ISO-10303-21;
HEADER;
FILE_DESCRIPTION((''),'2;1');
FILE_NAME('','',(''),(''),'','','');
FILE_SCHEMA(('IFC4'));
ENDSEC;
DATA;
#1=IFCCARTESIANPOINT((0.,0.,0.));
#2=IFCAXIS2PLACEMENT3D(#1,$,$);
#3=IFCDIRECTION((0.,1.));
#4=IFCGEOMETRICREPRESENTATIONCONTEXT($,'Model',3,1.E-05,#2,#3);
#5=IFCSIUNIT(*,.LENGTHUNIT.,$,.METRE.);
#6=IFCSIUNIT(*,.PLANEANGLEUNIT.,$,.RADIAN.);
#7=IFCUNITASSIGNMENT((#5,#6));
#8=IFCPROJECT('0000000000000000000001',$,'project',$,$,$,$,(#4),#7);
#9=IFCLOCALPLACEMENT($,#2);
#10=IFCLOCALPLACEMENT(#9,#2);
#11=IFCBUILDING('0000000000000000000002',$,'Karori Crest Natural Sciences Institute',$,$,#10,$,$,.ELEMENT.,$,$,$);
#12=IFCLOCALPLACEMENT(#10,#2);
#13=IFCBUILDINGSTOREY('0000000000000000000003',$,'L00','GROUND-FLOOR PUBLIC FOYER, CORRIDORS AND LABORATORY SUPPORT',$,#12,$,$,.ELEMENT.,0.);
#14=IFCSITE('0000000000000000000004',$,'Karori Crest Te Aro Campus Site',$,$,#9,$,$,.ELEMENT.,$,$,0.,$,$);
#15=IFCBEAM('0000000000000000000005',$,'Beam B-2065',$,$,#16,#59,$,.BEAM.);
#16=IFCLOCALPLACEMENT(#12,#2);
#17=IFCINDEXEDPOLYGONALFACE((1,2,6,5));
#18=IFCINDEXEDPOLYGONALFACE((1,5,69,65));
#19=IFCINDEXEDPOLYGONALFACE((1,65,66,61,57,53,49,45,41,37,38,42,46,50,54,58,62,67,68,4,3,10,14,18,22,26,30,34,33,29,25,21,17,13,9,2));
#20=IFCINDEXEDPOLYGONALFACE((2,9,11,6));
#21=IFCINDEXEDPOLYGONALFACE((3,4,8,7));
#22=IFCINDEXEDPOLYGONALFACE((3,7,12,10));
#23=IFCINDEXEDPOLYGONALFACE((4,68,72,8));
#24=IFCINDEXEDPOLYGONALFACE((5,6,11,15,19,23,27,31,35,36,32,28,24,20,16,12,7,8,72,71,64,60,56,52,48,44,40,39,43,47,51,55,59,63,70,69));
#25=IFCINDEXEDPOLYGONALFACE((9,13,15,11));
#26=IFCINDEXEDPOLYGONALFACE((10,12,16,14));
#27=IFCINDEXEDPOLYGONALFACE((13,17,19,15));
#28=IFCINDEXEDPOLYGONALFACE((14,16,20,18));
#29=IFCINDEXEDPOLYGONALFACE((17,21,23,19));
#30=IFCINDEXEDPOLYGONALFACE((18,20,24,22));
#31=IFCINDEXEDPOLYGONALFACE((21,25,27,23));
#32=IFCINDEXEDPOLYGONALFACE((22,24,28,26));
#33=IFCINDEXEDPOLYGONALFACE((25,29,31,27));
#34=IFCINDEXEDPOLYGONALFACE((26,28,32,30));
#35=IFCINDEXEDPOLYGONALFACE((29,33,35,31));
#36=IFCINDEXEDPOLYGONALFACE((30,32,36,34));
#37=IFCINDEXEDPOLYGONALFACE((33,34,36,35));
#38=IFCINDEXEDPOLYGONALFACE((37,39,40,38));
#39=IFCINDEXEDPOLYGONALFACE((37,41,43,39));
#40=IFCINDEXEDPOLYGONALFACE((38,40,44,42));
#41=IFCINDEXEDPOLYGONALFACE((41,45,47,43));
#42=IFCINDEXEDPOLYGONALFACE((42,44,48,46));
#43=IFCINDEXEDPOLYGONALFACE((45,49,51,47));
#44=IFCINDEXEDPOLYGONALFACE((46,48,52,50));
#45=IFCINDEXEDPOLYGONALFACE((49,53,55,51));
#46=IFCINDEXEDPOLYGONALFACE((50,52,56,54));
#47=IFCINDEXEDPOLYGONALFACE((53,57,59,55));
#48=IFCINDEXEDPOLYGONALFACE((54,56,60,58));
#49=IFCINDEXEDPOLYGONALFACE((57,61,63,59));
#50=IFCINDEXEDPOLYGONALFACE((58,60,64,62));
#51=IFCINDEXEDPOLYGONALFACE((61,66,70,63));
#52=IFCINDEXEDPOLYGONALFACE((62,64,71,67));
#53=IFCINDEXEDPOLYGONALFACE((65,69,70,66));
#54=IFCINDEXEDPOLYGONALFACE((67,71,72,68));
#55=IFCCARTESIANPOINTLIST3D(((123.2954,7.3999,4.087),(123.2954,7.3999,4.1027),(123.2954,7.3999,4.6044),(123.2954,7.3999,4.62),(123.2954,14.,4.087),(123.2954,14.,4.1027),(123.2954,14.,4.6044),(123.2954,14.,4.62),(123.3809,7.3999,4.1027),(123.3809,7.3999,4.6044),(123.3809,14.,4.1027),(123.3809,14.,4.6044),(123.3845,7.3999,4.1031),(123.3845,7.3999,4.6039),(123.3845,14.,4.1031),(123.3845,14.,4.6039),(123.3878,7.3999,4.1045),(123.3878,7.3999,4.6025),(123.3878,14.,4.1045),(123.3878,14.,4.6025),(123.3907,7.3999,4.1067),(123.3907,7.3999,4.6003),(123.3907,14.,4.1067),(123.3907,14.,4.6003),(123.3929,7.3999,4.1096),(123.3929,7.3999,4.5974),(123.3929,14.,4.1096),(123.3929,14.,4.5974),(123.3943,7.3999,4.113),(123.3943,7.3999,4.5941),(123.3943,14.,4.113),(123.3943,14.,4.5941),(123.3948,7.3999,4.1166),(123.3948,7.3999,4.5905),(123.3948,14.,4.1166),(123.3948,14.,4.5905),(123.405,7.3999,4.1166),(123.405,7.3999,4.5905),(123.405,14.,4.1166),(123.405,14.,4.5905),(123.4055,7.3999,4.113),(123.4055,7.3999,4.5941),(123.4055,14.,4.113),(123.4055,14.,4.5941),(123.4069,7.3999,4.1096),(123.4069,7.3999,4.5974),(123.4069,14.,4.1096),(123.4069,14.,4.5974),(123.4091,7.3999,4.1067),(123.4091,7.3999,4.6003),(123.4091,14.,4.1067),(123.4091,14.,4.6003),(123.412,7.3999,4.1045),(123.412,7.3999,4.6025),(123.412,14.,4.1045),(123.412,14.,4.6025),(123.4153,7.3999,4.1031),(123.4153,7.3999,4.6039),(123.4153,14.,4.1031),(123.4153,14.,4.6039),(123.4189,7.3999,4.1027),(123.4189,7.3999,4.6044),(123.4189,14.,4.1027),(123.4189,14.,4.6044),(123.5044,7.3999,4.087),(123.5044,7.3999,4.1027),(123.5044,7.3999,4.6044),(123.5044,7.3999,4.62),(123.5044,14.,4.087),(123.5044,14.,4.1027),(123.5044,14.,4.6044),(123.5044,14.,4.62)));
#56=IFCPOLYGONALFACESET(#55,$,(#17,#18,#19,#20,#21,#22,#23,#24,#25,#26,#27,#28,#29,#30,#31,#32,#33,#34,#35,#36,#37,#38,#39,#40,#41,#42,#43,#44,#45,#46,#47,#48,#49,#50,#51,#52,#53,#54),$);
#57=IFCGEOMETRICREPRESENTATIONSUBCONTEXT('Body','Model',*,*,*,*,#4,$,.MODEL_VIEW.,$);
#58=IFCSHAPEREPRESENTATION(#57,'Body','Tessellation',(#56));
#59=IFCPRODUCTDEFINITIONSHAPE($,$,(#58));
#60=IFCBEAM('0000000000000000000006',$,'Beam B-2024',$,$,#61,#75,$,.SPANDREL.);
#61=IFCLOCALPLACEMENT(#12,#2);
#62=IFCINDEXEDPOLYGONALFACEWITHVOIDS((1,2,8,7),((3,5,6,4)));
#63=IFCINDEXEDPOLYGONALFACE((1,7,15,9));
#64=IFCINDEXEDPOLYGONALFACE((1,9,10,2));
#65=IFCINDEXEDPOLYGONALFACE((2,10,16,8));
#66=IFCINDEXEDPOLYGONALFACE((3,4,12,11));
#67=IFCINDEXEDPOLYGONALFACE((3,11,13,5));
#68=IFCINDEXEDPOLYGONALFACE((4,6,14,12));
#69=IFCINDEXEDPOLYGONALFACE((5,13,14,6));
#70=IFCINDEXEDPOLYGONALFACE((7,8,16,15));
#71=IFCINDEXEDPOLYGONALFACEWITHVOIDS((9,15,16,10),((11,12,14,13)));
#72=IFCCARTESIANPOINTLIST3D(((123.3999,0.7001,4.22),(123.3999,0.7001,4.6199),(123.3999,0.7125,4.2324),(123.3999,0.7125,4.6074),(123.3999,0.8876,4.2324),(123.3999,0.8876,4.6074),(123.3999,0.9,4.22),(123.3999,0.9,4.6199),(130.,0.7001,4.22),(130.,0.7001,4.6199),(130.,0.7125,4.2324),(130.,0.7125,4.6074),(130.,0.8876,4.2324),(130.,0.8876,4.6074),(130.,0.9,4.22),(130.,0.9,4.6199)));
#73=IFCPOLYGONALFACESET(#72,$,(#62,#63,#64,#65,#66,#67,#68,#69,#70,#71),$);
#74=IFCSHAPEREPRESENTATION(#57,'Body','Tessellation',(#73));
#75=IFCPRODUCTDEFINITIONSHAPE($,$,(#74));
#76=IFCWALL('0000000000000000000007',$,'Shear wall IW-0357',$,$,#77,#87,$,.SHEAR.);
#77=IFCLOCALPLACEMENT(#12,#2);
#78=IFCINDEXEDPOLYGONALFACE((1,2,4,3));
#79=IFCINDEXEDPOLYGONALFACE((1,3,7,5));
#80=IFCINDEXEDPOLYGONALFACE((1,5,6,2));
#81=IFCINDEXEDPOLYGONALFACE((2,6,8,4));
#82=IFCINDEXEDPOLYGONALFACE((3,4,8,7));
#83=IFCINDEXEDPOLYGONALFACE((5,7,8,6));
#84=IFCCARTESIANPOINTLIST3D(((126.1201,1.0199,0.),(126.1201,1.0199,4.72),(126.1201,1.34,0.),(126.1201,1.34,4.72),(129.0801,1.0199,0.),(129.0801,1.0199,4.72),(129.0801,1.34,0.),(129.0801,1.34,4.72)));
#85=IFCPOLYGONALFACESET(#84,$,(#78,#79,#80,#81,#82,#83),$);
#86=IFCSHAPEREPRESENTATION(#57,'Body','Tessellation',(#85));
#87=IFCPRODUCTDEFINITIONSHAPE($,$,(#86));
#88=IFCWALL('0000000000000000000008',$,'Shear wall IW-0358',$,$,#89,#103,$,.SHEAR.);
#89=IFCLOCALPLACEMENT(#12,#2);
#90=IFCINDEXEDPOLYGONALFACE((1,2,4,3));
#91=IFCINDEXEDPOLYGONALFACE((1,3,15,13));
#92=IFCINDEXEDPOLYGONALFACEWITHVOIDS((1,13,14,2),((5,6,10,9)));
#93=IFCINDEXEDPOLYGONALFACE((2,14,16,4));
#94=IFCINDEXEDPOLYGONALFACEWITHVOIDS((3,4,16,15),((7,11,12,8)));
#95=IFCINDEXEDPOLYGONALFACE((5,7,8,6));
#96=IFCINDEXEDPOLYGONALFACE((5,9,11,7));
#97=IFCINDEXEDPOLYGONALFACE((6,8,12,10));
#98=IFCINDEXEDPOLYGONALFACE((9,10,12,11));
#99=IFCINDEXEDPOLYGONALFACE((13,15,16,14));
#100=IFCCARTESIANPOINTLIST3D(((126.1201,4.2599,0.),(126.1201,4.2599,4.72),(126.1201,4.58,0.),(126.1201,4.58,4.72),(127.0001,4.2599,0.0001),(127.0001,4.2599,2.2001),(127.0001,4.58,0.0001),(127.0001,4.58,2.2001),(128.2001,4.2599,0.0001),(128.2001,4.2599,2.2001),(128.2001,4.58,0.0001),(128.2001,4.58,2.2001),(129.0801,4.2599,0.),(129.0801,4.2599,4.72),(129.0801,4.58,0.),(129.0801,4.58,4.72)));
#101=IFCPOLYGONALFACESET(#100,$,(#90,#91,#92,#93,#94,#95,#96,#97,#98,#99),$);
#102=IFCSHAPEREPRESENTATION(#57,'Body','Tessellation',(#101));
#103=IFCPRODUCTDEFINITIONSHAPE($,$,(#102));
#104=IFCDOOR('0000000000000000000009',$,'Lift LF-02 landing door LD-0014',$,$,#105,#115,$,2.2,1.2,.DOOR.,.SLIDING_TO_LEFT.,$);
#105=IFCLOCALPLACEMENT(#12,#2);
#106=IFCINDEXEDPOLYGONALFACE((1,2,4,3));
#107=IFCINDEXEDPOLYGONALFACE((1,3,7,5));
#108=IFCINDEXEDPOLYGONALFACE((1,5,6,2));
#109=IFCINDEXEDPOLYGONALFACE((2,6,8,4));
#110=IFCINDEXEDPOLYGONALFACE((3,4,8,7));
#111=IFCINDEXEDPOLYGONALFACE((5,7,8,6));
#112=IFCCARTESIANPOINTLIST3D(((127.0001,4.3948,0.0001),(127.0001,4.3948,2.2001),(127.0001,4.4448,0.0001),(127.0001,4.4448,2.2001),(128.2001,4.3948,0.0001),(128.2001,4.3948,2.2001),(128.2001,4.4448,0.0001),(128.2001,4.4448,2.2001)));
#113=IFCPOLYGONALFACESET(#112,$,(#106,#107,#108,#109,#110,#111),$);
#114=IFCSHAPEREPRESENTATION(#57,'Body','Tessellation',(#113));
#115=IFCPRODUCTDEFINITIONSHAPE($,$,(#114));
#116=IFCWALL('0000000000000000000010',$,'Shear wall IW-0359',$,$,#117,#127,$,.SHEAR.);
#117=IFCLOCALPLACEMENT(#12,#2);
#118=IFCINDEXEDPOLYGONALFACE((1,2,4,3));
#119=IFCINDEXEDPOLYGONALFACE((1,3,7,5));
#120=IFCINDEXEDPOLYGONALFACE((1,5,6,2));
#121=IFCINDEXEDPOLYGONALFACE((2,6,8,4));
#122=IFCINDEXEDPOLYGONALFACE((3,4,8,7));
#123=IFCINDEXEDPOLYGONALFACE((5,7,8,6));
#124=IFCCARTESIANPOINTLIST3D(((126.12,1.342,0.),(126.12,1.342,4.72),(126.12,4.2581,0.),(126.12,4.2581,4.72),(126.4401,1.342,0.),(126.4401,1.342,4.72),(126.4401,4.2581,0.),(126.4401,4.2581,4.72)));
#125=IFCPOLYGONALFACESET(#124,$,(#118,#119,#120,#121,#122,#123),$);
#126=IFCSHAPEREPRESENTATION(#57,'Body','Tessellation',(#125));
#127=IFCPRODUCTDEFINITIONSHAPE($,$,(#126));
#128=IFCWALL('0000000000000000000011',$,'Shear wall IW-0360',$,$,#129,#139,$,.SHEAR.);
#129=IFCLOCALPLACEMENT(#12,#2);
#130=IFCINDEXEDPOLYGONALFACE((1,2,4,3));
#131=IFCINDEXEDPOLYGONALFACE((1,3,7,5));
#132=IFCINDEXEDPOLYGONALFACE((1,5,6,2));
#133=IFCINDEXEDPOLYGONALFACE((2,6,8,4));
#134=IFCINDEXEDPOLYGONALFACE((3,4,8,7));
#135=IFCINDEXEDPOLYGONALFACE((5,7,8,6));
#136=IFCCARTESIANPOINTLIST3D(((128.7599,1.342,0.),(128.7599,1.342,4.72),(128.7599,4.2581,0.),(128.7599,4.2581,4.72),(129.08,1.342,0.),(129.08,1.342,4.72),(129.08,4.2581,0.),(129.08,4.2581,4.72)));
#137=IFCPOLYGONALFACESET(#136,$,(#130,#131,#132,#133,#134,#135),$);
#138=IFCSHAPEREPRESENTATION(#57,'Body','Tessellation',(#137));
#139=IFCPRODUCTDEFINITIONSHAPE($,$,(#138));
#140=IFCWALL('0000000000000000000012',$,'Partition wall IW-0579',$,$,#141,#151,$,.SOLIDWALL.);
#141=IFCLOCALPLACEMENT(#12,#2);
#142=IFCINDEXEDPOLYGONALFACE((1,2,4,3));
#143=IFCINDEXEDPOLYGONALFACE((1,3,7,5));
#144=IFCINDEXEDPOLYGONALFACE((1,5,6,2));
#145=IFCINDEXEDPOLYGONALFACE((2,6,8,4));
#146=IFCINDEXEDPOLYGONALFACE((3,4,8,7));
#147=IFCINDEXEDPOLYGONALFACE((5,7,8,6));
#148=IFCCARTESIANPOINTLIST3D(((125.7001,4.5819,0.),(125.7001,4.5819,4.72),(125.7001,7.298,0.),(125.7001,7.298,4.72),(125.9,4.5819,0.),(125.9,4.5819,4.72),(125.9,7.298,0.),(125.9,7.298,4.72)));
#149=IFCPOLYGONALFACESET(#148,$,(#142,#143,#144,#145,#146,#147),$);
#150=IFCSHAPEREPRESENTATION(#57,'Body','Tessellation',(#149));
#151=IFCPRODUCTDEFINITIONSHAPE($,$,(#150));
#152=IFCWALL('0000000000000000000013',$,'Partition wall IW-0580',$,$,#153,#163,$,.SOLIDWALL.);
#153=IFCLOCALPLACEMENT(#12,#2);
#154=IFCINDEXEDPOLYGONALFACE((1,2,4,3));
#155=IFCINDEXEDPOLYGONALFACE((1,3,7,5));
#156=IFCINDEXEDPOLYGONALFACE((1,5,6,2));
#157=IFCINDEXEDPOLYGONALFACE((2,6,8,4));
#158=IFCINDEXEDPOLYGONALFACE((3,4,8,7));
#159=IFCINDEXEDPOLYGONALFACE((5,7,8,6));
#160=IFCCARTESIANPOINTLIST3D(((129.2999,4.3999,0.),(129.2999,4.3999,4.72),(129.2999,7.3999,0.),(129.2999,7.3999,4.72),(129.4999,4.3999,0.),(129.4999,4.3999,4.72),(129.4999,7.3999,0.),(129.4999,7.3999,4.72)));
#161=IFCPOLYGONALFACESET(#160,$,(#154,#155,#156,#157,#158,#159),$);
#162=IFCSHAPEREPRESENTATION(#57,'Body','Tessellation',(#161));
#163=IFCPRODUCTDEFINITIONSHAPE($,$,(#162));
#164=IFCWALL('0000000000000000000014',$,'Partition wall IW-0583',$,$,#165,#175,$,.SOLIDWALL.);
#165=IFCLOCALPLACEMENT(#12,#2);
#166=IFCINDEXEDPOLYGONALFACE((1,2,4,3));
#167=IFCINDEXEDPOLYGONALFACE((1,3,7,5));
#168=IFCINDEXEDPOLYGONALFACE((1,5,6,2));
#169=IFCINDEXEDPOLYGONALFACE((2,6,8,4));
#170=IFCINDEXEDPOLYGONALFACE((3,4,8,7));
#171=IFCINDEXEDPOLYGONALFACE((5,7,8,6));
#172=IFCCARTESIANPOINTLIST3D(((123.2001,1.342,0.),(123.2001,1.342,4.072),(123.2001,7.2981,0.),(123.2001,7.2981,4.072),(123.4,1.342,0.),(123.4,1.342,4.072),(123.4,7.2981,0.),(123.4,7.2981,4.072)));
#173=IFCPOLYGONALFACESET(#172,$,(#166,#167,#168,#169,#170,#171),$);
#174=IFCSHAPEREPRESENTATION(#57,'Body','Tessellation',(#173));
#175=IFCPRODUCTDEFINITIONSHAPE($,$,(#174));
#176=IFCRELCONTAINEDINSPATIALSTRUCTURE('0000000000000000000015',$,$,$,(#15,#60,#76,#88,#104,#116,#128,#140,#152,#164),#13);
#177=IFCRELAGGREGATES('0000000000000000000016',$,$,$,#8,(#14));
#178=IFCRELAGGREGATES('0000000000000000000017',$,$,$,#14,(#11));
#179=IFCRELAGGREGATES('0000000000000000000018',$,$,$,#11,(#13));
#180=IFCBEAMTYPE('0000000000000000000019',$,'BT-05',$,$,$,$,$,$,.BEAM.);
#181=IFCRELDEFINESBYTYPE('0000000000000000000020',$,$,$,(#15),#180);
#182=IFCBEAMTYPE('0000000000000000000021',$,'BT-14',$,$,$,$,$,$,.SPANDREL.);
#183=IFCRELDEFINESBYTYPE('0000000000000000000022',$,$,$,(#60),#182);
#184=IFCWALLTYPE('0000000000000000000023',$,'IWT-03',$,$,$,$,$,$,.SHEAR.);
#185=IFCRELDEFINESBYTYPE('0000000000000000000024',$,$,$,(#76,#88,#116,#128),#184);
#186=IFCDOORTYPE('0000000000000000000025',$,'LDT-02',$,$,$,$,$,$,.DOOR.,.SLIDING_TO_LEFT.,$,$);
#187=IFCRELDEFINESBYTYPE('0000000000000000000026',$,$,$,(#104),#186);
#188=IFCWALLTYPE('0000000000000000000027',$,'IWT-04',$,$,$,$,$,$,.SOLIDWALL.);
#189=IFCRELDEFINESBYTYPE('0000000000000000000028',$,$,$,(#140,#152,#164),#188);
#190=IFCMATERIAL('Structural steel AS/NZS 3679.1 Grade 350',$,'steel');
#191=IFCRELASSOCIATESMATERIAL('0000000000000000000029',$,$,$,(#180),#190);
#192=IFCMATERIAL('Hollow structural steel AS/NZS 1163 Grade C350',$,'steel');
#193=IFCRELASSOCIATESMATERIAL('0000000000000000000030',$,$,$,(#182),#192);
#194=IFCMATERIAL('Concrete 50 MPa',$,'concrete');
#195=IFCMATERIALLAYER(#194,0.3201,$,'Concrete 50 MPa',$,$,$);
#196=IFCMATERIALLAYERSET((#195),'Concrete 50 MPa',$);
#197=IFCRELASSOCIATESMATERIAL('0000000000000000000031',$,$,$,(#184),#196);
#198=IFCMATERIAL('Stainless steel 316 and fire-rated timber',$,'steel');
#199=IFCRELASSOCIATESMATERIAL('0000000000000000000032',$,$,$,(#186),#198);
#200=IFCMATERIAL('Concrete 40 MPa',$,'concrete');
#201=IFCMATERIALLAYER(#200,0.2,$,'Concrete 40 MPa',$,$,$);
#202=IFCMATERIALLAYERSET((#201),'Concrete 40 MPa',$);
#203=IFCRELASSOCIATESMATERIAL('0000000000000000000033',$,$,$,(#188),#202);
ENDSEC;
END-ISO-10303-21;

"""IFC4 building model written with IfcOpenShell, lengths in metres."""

from ifc_helpers import new_model, si_unit, direction, frame, frame_2d, origin, origin_2d, place, context, subcontext, project, spatial, rectangle, hollow_rectangle, i_section, extrude, material, layer, layer_set, material_profile, profile_set, type_object, element, fill, save


model = new_model("IFC4")

# Units and contexts
model_context = context("Model", 3, precision=1e-05, world=origin(), true_north=direction((0.0, 1.0)))
body_context = subcontext(model_context, "Body", "Model", "MODEL_VIEW")
ifc_project = project(units=[si_unit("LENGTHUNIT", "METRE"), si_unit("PLANEANGLEUNIT", "RADIAN")], contexts=[model_context])

# Site, building, storey
site_placement = place(None, origin())
site = spatial("IfcSite", under=ifc_project, at=site_placement, Name="Karori Crest Te Aro Campus Site", CompositionType="ELEMENT", RefElevation=0.0)
building_placement = place(site_placement, origin())
building = spatial("IfcBuilding", under=site, at=building_placement, Name="Karori Crest Natural Sciences Institute", CompositionType="ELEMENT")
storey_placement = place(building_placement, origin())
storey = spatial("IfcBuildingStorey", under=building, at=storey_placement, Name="L00", Description="GROUND-FLOOR PUBLIC FOYER, CORRIDORS AND LABORATORY SUPPORT", CompositionType="ELEMENT", Elevation=0.0)

# Shared definitions
ifc_material_1 = material(Name="Structural steel AS/NZS 3679.1 Grade 350", Category="steel")

# Beams
ifc_material_profile_1 = material_profile(ifc_material_1, i_section(OverallWidth=0.209, OverallDepth=0.533, WebThickness=0.0103, FlangeThickness=0.0156, FilletRadius=0.0139, at=origin_2d()), Name="530UB92.4")
ifc_profile_set_1 = profile_set([ifc_material_profile_1], Name="Structural steel AS/NZS 3679.1 Grade 350")
beam_type_1 = type_object("IfcBeamType", Name="BT-05", PredefinedType="BEAM", material=ifc_profile_set_1)
beam_1_placement = place(storey_placement, frame((123.3999, 7.3999, 4.3535), z_axis=(0.0, 1.0, 0.0), x_axis=(-1.0, 0.0, 0.0)))
element("IfcBeam", 1, at=beam_1_placement, inside=storey, type_object=beam_type_1, Name="Beam B-2065", PredefinedType="BEAM", context=body_context, shape_type="SweptSolid", body=[
    extrude(i_section(OverallWidth=0.209, OverallDepth=0.533, WebThickness=0.0103, FlangeThickness=0.0156, FilletRadius=0.0139, at=origin_2d()), origin(), (0.0, 0.0, 1.0), 6.6001),
])
ifc_material_2 = material(Name="Hollow structural steel AS/NZS 1163 Grade C350", Category="steel")
ifc_material_profile_2 = material_profile(ifc_material_2, hollow_rectangle(XDim=0.2, YDim=0.3999, WallThickness=0.0125, at=origin_2d()), Name="RHS400x200x12.5")
ifc_profile_set_2 = profile_set([ifc_material_profile_2], Name="Hollow structural steel AS/NZS 1163 Grade C350")
beam_type_2 = type_object("IfcBeamType", Name="BT-14", PredefinedType="SPANDREL", material=ifc_profile_set_2)
beam_2_placement = place(storey_placement, frame((123.3999, 0.8, 4.4199), z_axis=(1.0, 0.0, 0.0), x_axis=(0.0, 1.0, 0.0)))
element("IfcBeam", 2, at=beam_2_placement, inside=storey, type_object=beam_type_2, Name="Beam B-2024", PredefinedType="SPANDREL", context=body_context, shape_type="SweptSolid", body=[
    extrude(hollow_rectangle(XDim=0.2, YDim=0.3999, WallThickness=0.0125, at=origin_2d()), origin(), (0.0, 0.0, 1.0), 6.6001),
])

# Wall
ifc_material_3 = material(Name="Concrete 50 MPa", Category="concrete")
ifc_layer_1 = layer(ifc_material_3, 0.3201, Name="Concrete 50 MPa")
ifc_layer_set_1 = layer_set([ifc_layer_1], Name="Concrete 50 MPa")
wall_type_1 = type_object("IfcWallType", Name="IWT-03", PredefinedType="SHEAR", material=ifc_layer_set_1)
wall_1_placement = place(storey_placement, frame((126.1201, 1.1799, 0.0), z_axis=(0.0, 0.0, 1.0), x_axis=(1.0, 0.0, 0.0)))
element("IfcWall", 3, at=wall_1_placement, inside=storey, type_object=wall_type_1, Name="Shear wall IW-0357", PredefinedType="SHEAR", context=body_context, shape_type="SweptSolid", body=[
    extrude(rectangle(XDim=2.96, YDim=0.3201, at=frame_2d((1.48, 0.0))), origin(), (0.0, 0.0, 1.0), 4.72),
])

# Wall, opening, door
wall_2_placement = place(storey_placement, frame((126.1201, 4.4199, 0.0), z_axis=(0.0, 0.0, 1.0), x_axis=(1.0, 0.0, 0.0)))
wall_2 = element("IfcWall", 4, at=wall_2_placement, inside=storey, type_object=wall_type_1, Name="Shear wall IW-0358", PredefinedType="SHEAR", context=body_context, shape_type="SweptSolid", body=[
    extrude(rectangle(XDim=2.96, YDim=0.3201, at=frame_2d((1.48, 0.0))), origin(), (0.0, 0.0, 1.0), 4.72),
])
opening_1_placement = place(wall_2_placement, frame((0.8799, 0.0, 0.0)))
opening_1 = element("IfcOpeningElement", 5, at=opening_1_placement, cuts=wall_2, PredefinedType="OPENING", context=body_context, shape_type="SweptSolid", body=[
    extrude(rectangle(XDim=1.2, YDim=2.2, at=frame_2d((0.6001, 1.1001))), frame((0.0, 0.1699, 0.0), z_axis=(0.0, -1.0, 0.0), x_axis=(1.0, 0.0, 0.0)), (0.0, 0.0, 1.0), 0.3401),
])
ifc_material_4 = material(Name="Stainless steel 316 and fire-rated timber", Category="steel")
door_type_1 = type_object("IfcDoorType", Name="LDT-02", OperationType="SLIDING_TO_LEFT", PredefinedType="DOOR", material=ifc_material_4)
door_1_placement = place(opening_1_placement, origin())
door_1 = element("IfcDoor", 6, at=door_1_placement, inside=storey, type_object=door_type_1, Name="Lift LF-02 landing door LD-0014", OperationType="SLIDING_TO_LEFT", OverallHeight=2.2, OverallWidth=1.2, PredefinedType="DOOR", context=body_context, shape_type="SweptSolid", body=[
    extrude(rectangle(XDim=1.2, YDim=2.2, at=frame_2d((0.6001, 1.1001))), frame((0.0, 0.0249, 0.0), z_axis=(0.0, -1.0, 0.0), x_axis=(1.0, 0.0, 0.0)), (0.0, 0.0, 1.0), 0.05),
])
fill(opening_1, door_1)

# Walls
for number, where, z_axis, x_axis, name in (
    (7, (126.28, 1.342, 0.0), (0.0, 0.0, 1.0), (0.0, 1.0, 0.0), "Shear wall IW-0359"),
    (8, (128.9199, 1.342, 0.0), (0.0, 0.0, 1.0), (0.0, 1.0, 0.0), "Shear wall IW-0360"),
):
    element("IfcWall", number, at=place(storey_placement, frame(where, z_axis=z_axis, x_axis=x_axis)), inside=storey, type_object=wall_type_1, Name=name, PredefinedType="SHEAR", context=body_context, shape_type="SweptSolid", body=[
        extrude(rectangle(XDim=2.916, YDim=0.3201, at=frame_2d((1.458, 0.0))), origin(), (0.0, 0.0, 1.0), 4.72),
    ])
ifc_material_5 = material(Name="Concrete 40 MPa", Category="concrete")
ifc_layer_2 = layer(ifc_material_5, 0.2, Name="Concrete 40 MPa")
ifc_layer_set_2 = layer_set([ifc_layer_2], Name="Concrete 40 MPa")
wall_type_2 = type_object("IfcWallType", Name="IWT-04", PredefinedType="SOLIDWALL", material=ifc_layer_set_2)
wall_3_placement = place(storey_placement, frame((125.8, 4.582, 0.0), z_axis=(0.0, 0.0, 1.0), x_axis=(0.0, 1.0, 0.0)))
element("IfcWall", 9, at=wall_3_placement, inside=storey, type_object=wall_type_2, Name="Partition wall IW-0579", PredefinedType="SOLIDWALL", context=body_context, shape_type="SweptSolid", body=[
    extrude(rectangle(XDim=2.7161, YDim=0.2, at=frame_2d((1.3579, 0.0))), origin(), (0.0, 0.0, 1.0), 4.72),
])
wall_4_placement = place(storey_placement, frame((129.3999, 4.3999, 0.0), z_axis=(0.0, 0.0, 1.0), x_axis=(0.0, 1.0, 0.0)))
element("IfcWall", 10, at=wall_4_placement, inside=storey, type_object=wall_type_2, Name="Partition wall IW-0580", PredefinedType="SOLIDWALL", context=body_context, shape_type="SweptSolid", body=[
    extrude(rectangle(XDim=3.0, YDim=0.2, at=frame_2d((1.5, 0.0))), origin(), (0.0, 0.0, 1.0), 4.72),
])

# Wall
wall_5_placement = place(storey_placement, frame((123.3, 1.342, 0.0), z_axis=(0.0, 0.0, 1.0), x_axis=(0.0, 1.0, 0.0)))
element("IfcWall", 11, at=wall_5_placement, inside=storey, type_object=wall_type_2, Name="Partition wall IW-0583", PredefinedType="SOLIDWALL", context=body_context, shape_type="SweptSolid", body=[
    extrude(rectangle(XDim=5.9561, YDim=0.2, at=frame_2d((2.978, 0.0))), origin(), (0.0, 0.0, 1.0), 4.072),
])

save(model, "model.ifc")
